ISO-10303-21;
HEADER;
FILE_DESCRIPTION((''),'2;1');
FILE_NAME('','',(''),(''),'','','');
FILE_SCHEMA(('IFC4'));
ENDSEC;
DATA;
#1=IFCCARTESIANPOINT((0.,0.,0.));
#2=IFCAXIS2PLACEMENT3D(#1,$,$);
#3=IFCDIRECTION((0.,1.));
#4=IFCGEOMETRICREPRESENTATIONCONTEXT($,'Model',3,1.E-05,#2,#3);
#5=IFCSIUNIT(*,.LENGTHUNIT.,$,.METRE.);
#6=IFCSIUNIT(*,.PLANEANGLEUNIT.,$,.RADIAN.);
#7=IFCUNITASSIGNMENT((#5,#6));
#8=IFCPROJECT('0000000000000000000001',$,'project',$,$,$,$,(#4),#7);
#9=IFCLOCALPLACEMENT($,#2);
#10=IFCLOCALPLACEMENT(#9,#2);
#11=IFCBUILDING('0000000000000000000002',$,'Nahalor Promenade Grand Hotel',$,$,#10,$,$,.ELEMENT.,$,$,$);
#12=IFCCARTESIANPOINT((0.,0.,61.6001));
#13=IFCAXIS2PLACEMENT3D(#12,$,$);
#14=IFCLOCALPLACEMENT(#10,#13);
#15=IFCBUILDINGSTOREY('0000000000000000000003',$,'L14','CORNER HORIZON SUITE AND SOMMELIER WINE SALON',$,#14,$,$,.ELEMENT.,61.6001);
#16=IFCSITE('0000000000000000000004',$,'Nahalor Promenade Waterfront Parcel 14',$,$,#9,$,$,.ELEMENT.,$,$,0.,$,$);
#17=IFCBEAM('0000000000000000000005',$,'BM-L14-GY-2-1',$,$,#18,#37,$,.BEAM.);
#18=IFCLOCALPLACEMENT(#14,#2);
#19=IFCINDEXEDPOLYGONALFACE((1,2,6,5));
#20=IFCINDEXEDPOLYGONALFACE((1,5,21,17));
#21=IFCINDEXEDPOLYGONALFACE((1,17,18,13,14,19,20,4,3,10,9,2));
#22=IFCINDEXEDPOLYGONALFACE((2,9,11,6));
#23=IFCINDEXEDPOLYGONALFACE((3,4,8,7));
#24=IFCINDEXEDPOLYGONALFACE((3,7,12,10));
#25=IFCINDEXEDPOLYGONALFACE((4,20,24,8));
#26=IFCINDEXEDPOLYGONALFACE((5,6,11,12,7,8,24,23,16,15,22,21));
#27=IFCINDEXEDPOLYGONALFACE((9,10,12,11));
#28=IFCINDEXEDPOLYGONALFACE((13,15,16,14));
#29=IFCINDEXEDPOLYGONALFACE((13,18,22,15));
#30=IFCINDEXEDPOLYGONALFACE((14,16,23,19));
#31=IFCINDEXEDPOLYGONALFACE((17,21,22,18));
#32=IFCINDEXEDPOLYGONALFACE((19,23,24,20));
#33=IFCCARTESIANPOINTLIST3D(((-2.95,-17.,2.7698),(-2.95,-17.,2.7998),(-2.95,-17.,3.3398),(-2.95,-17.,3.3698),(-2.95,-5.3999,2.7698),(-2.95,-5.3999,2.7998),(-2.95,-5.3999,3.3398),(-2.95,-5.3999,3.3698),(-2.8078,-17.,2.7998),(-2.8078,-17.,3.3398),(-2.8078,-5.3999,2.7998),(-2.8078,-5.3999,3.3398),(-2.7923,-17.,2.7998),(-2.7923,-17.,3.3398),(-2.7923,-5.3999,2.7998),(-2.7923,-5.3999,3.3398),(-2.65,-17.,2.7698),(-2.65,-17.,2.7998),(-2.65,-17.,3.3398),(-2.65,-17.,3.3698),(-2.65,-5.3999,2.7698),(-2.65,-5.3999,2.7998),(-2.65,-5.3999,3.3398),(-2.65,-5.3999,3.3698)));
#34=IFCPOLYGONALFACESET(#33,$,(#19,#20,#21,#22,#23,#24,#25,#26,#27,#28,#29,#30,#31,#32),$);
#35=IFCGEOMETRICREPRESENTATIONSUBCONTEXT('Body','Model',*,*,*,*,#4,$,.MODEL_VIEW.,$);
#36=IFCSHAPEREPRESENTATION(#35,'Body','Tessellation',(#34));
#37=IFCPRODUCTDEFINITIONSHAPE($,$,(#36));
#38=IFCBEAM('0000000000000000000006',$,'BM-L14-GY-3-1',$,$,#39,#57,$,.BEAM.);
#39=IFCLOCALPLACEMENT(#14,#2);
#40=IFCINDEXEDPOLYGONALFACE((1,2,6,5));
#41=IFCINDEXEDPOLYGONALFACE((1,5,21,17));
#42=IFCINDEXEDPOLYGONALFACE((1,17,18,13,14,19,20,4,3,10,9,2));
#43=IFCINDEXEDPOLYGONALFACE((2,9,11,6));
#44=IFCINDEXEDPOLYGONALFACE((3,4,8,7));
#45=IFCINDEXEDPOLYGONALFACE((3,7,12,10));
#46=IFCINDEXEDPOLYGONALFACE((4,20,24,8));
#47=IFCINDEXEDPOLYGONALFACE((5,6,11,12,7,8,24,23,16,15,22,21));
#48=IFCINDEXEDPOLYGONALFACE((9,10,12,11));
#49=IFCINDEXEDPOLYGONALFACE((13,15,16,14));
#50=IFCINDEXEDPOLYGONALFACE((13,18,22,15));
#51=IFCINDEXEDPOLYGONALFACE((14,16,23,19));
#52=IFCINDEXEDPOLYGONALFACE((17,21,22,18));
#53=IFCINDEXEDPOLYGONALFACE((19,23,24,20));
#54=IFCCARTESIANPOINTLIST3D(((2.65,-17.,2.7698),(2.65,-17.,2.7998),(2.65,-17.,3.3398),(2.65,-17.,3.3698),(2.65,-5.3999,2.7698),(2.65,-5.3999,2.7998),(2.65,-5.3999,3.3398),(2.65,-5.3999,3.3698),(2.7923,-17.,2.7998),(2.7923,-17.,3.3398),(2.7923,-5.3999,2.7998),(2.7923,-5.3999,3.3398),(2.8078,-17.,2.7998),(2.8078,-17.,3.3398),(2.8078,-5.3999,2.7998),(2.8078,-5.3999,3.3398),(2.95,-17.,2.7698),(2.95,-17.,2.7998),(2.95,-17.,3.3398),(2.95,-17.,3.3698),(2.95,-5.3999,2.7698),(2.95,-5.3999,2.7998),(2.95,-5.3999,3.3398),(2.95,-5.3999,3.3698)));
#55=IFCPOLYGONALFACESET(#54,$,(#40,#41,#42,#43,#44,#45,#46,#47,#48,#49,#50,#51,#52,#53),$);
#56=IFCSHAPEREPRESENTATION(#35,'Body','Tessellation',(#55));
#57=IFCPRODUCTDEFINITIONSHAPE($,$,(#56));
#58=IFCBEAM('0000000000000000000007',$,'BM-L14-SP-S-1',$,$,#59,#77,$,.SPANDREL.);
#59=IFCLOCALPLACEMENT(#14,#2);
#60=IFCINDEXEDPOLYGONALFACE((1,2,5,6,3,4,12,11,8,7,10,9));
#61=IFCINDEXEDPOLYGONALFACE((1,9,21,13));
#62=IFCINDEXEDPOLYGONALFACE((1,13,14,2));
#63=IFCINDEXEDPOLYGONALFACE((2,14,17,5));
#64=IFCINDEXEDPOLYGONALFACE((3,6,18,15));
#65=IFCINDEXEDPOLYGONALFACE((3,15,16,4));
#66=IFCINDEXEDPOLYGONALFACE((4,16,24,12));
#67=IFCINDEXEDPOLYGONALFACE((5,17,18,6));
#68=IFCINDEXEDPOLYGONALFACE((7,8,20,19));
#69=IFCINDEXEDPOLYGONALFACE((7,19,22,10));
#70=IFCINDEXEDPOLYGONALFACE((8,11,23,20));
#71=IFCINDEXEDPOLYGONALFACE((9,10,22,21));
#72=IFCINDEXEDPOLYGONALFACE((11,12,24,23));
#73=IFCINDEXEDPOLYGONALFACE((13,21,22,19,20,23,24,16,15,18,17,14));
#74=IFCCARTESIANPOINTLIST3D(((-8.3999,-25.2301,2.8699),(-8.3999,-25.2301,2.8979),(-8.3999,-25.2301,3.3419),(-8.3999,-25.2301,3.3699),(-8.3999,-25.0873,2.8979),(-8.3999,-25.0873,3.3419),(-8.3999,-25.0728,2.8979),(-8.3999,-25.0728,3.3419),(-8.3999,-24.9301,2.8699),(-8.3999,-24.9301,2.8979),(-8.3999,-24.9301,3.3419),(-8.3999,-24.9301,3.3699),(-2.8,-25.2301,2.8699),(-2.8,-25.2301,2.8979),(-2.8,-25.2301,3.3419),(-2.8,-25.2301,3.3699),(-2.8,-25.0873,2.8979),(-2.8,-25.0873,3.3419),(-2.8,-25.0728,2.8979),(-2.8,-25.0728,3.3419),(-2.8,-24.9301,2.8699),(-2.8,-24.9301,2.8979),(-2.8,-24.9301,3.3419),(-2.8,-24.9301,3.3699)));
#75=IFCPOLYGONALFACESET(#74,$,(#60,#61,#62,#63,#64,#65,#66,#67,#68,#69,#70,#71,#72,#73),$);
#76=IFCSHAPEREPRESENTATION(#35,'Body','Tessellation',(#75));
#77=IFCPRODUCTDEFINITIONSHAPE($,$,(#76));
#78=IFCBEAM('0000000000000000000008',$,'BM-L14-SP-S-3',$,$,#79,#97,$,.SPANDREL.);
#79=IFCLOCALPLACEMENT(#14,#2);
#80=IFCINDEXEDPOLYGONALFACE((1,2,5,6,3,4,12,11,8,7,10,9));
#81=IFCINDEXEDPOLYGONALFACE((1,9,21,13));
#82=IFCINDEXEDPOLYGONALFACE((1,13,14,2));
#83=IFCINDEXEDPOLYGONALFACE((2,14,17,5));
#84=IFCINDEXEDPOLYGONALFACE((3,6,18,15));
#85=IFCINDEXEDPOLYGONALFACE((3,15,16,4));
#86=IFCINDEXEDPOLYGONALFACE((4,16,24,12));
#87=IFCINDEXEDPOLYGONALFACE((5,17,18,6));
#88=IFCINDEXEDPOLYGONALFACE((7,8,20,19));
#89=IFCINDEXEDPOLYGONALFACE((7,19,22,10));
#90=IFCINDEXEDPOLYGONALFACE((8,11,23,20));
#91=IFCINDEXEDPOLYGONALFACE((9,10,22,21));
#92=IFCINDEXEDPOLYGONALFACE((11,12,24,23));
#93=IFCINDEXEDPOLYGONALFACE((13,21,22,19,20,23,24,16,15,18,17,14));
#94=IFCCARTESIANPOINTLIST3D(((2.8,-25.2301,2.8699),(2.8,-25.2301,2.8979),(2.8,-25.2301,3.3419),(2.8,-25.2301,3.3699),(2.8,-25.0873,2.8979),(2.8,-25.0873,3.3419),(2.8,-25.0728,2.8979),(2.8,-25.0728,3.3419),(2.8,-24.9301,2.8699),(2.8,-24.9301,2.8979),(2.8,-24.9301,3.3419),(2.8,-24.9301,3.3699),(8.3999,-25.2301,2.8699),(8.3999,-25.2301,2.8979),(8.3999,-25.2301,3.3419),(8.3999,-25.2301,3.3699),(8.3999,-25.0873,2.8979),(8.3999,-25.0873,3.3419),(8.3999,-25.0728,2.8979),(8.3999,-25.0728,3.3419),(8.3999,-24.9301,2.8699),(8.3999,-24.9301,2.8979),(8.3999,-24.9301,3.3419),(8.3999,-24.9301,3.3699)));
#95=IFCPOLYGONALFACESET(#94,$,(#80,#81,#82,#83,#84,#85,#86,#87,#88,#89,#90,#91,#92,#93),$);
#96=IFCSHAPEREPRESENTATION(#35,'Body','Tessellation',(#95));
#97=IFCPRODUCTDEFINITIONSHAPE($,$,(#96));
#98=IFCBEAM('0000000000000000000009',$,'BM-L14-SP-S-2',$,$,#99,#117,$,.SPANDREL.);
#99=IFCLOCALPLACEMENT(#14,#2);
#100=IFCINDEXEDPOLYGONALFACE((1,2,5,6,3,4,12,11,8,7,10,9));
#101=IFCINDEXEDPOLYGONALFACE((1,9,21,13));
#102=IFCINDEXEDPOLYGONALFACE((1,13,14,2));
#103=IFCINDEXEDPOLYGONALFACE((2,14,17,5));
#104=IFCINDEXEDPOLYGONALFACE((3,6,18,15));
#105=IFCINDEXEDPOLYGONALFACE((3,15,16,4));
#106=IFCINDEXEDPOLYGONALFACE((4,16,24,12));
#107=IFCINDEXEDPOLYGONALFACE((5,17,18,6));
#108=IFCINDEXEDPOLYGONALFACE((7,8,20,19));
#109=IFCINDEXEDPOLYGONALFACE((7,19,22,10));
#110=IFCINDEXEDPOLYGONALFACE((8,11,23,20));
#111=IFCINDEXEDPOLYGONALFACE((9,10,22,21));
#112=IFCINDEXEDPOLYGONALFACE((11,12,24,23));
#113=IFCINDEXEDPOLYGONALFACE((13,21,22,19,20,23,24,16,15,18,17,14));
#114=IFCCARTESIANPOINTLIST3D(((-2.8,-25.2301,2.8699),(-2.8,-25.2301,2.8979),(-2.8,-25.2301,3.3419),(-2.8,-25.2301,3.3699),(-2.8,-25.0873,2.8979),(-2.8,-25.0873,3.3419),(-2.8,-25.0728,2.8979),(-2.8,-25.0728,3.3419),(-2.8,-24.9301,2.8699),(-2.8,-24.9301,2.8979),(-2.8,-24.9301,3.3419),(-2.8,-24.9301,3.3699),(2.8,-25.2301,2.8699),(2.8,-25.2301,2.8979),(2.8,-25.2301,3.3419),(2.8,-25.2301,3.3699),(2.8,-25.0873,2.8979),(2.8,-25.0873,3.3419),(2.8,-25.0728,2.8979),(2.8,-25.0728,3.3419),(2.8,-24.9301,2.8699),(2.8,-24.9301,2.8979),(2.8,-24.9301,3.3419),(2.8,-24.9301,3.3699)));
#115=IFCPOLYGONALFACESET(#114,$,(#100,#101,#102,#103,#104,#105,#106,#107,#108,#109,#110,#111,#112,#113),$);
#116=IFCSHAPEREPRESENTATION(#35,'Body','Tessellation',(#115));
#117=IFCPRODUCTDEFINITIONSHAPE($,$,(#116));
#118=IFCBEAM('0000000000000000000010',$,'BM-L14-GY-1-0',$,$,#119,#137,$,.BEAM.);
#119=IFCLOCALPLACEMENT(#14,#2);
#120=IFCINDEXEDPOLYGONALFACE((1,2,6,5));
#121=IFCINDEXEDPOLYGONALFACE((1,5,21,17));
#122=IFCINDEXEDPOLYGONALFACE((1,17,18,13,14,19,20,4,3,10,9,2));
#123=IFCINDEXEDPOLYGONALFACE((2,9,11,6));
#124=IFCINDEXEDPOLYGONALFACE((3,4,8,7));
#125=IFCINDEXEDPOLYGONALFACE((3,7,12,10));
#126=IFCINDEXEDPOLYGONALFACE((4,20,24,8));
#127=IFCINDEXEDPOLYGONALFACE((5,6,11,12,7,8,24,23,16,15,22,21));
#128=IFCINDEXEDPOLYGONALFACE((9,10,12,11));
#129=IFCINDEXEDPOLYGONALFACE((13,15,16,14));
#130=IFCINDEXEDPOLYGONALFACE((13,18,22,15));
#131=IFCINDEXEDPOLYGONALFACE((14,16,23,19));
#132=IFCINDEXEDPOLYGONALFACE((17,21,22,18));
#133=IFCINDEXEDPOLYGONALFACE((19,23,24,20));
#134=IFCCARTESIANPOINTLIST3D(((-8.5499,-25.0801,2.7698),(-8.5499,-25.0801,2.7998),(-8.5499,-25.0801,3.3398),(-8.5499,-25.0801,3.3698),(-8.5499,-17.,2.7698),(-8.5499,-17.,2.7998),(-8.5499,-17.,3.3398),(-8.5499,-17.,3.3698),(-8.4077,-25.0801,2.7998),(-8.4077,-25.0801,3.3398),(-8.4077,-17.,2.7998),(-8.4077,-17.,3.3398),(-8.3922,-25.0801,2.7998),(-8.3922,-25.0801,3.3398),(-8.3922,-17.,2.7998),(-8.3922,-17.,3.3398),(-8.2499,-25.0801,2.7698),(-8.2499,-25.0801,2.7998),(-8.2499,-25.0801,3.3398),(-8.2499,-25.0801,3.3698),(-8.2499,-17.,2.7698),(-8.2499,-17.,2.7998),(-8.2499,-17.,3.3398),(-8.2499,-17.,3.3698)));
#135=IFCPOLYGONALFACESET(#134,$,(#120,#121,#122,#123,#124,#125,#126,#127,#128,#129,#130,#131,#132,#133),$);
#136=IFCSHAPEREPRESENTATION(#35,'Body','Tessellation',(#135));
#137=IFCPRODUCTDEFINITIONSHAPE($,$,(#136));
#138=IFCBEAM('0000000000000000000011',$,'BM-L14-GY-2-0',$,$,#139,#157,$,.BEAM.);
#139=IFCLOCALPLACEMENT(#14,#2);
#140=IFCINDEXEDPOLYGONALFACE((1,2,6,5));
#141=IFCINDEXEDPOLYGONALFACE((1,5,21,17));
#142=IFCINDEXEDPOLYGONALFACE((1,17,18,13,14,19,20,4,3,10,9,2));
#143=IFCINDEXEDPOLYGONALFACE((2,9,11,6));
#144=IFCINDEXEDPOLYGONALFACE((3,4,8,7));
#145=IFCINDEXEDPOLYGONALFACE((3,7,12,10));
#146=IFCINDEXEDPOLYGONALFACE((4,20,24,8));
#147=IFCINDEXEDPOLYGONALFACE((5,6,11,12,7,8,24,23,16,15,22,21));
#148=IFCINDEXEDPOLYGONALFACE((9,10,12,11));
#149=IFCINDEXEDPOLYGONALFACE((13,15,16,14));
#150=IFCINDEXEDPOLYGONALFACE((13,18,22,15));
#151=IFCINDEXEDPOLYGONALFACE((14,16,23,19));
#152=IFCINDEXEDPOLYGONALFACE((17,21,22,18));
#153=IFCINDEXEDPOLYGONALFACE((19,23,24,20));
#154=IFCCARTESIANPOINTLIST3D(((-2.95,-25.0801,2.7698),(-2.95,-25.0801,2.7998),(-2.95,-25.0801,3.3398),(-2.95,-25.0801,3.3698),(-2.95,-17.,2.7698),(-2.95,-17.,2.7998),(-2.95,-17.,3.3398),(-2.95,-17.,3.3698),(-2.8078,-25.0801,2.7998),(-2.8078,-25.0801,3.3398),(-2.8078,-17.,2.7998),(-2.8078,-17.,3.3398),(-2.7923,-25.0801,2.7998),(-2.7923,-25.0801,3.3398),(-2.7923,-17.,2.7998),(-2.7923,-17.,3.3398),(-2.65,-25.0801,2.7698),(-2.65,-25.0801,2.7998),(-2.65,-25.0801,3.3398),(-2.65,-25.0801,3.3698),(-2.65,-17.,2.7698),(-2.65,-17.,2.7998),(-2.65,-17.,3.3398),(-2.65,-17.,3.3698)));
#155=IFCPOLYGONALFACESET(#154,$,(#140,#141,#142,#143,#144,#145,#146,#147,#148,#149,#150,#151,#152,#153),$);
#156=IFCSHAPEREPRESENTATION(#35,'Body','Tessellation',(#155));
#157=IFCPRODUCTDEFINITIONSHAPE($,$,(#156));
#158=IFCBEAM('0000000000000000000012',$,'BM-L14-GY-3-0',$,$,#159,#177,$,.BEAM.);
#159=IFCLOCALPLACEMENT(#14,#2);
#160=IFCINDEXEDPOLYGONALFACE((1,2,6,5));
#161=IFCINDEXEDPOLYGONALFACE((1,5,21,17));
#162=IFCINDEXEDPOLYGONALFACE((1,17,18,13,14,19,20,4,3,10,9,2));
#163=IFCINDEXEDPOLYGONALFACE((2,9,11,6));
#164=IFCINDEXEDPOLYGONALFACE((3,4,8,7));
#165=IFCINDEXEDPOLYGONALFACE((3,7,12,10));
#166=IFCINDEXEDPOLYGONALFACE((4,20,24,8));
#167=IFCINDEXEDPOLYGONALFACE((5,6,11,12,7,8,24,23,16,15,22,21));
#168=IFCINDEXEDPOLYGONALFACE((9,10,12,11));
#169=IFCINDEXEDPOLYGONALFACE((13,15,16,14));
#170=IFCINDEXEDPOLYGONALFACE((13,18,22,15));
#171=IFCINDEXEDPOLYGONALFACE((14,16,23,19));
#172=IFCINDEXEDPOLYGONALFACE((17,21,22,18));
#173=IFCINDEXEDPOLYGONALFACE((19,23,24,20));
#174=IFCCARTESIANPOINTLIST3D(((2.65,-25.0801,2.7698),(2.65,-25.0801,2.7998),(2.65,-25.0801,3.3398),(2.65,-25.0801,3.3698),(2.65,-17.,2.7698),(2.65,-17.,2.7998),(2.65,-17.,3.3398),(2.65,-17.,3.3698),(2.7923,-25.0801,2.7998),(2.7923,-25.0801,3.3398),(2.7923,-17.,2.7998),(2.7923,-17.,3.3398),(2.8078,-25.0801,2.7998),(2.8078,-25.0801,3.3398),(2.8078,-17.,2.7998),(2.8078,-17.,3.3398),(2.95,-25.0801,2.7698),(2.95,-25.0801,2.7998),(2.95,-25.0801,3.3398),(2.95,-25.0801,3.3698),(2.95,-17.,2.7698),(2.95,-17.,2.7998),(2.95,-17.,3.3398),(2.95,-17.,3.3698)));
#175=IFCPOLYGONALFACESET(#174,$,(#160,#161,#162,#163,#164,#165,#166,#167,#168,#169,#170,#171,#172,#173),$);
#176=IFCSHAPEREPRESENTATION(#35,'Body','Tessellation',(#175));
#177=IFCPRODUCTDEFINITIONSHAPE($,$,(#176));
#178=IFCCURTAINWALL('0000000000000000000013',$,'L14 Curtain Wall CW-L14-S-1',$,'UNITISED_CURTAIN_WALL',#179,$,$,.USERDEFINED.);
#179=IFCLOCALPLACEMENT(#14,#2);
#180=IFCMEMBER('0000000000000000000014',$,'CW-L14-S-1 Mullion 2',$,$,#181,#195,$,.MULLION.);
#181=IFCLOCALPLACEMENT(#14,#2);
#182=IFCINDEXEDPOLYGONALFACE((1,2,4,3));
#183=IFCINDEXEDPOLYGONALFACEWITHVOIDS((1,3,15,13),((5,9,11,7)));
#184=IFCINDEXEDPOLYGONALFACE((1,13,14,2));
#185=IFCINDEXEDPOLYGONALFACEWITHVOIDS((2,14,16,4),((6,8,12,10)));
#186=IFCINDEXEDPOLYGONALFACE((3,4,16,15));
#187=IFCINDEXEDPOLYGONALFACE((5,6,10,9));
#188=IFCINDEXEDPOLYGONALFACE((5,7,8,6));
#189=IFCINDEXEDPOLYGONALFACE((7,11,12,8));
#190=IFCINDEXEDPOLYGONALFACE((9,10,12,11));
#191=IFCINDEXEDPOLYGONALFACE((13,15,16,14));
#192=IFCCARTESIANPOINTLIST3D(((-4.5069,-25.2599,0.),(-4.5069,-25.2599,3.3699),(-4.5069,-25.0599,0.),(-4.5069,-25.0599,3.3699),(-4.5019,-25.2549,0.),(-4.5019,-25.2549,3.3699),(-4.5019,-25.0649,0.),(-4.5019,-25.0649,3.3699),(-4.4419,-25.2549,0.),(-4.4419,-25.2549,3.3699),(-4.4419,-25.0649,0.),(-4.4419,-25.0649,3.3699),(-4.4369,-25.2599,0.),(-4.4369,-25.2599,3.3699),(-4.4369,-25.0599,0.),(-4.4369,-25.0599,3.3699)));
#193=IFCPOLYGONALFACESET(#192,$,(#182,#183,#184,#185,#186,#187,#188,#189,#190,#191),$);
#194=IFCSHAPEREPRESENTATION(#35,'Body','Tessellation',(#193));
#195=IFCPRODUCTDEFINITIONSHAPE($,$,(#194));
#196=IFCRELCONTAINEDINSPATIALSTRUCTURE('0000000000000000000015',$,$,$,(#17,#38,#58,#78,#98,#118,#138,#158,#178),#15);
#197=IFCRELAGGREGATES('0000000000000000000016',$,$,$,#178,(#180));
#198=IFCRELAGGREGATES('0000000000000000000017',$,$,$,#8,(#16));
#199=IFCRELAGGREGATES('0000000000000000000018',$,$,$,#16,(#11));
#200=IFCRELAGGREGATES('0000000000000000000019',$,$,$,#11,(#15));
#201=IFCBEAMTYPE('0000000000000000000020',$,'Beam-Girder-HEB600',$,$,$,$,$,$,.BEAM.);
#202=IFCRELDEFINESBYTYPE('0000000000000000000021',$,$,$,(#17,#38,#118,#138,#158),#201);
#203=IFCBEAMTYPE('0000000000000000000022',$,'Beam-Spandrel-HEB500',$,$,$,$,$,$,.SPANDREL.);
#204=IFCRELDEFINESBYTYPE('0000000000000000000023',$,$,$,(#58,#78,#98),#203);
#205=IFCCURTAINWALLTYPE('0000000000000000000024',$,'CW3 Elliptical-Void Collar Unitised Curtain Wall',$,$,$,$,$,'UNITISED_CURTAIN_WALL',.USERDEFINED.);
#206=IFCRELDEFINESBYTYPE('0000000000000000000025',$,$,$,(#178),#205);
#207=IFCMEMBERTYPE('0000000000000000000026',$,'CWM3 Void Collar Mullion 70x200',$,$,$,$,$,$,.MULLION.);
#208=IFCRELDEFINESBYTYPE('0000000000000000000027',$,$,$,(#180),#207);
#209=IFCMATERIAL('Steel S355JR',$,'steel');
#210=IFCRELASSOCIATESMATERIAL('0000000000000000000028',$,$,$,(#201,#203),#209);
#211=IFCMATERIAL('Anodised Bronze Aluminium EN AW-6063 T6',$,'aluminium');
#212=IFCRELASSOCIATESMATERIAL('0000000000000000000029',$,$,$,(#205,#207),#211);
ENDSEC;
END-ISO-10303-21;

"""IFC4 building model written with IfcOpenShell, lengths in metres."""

from ifc_helpers import new_model, si_unit, direction, frame, origin, origin_2d, place, context, subcontext, project, spatial, hollow_rectangle, i_section, extrude, source, transform, mapped, material, material_profile, profile_set, type_object, element, aggregate, save


model = new_model("IFC4")

# Units and contexts
model_context = context("Model", 3, precision=1e-05, world=origin(), true_north=direction((0.0, 1.0)))
body_context = subcontext(model_context, "Body", "Model", "MODEL_VIEW")
ifc_project = project(units=[si_unit("LENGTHUNIT", "METRE"), si_unit("PLANEANGLEUNIT", "RADIAN")], contexts=[model_context])

# Site, building, storey
site_placement = place(None, origin())
site = spatial("IfcSite", under=ifc_project, at=site_placement, Name="Nahalor Promenade Waterfront Parcel 14", CompositionType="ELEMENT", RefElevation=0.0)
building_placement = place(site_placement, origin())
building = spatial("IfcBuilding", under=site, at=building_placement, Name="Nahalor Promenade Grand Hotel", CompositionType="ELEMENT")
storey_placement = place(building_placement, frame((0.0, 0.0, 61.6001)))
storey = spatial("IfcBuildingStorey", under=building, at=storey_placement, Name="L14", Description="CORNER HORIZON SUITE AND SOMMELIER WINE SALON", CompositionType="ELEMENT", Elevation=61.6001)

# Beams
ifc_material_1 = material(Name="Steel S355JR", Category="steel")
ifc_material_profile_1 = material_profile(ifc_material_1, i_section(OverallWidth=0.3, OverallDepth=0.6, WebThickness=0.0155, FlangeThickness=0.03, at=origin_2d()), Name="HEB 600")
ifc_profile_set_1 = profile_set([ifc_material_profile_1], Name="Steel S355JR")
beam_type_1 = type_object("IfcBeamType", Name="Beam-Girder-HEB600", PredefinedType="BEAM", material=ifc_profile_set_1)
shared_shape_1 = source(origin(), body_context, "Body", "SweptSolid", [
    extrude(i_section(OverallWidth=0.3, OverallDepth=0.6, WebThickness=0.0155, FlangeThickness=0.03, at=origin_2d()), origin(), (0.0, 0.0, 1.0), 11.6001),
])
for number, where, z_axis, x_axis, name in (
    (1, (-2.8, -17.0, 3.0698), (0.0, 1.0, 0.0), (-1.0, 0.0, 0.0), "BM-L14-GY-2-1"),
    (2, (2.8, -17.0, 3.0698), (0.0, 1.0, 0.0), (-1.0, 0.0, 0.0), "BM-L14-GY-3-1"),
):
    element("IfcBeam", number, at=place(storey_placement, frame(where, z_axis=z_axis, x_axis=x_axis)), inside=storey, type_object=beam_type_1, Name=name, PredefinedType="BEAM", context=body_context, shape_type="MappedRepresentation", body=[
        mapped(shared_shape_1, transform((0.0, 0.0, 0.0), scale=1.0)),
    ])
ifc_material_profile_2 = material_profile(ifc_material_1, i_section(OverallWidth=0.3, OverallDepth=0.5, WebThickness=0.0145, FlangeThickness=0.028, at=origin_2d()), Name="HEB 500")
ifc_profile_set_2 = profile_set([ifc_material_profile_2], Name="Steel S355JR")
beam_type_2 = type_object("IfcBeamType", Name="Beam-Spandrel-HEB500", PredefinedType="SPANDREL", material=ifc_profile_set_2)
shared_shape_2 = source(origin(), body_context, "Body", "SweptSolid", [
    extrude(i_section(OverallWidth=0.3, OverallDepth=0.5, WebThickness=0.0145, FlangeThickness=0.028, at=origin_2d()), origin(), (0.0, 0.0, 1.0), 5.5999),
])
for number, where, z_axis, x_axis, name in (
    (3, (-8.3999, -25.0801, 3.1199), (1.0, 0.0, 0.0), (0.0, 1.0, 0.0), "BM-L14-SP-S-1"),
    (4, (2.8, -25.0801, 3.1199), (1.0, 0.0, 0.0), (0.0, 1.0, 0.0), "BM-L14-SP-S-3"),
):
    element("IfcBeam", number, at=place(storey_placement, frame(where, z_axis=z_axis, x_axis=x_axis)), inside=storey, type_object=beam_type_2, Name=name, PredefinedType="SPANDREL", context=body_context, shape_type="MappedRepresentation", body=[
        mapped(shared_shape_2, transform((0.0, 0.0, 0.0), scale=1.0)),
    ])
shared_shape_3 = source(origin(), body_context, "Body", "SweptSolid", [
    extrude(i_section(OverallWidth=0.3, OverallDepth=0.5, WebThickness=0.0145, FlangeThickness=0.028, at=origin_2d()), origin(), (0.0, 0.0, 1.0), 5.6001),
])
beam_1_placement = place(storey_placement, frame((-2.8, -25.0801, 3.1199), z_axis=(1.0, 0.0, 0.0), x_axis=(0.0, 1.0, 0.0)))
element("IfcBeam", 5, at=beam_1_placement, inside=storey, type_object=beam_type_2, Name="BM-L14-SP-S-2", PredefinedType="SPANDREL", context=body_context, shape_type="MappedRepresentation", body=[
    mapped(shared_shape_3, transform((0.0, 0.0, 0.0), scale=1.0)),
])
shared_shape_4 = source(origin(), body_context, "Body", "SweptSolid", [
    extrude(i_section(OverallWidth=0.3, OverallDepth=0.6, WebThickness=0.0155, FlangeThickness=0.03, at=origin_2d()), origin(), (0.0, 0.0, 1.0), 8.0801),
])
for number, where, z_axis, x_axis, name in (
    (6, (-8.3999, -25.0801, 3.0698), (0.0, 1.0, 0.0), (-1.0, 0.0, 0.0), "BM-L14-GY-1-0"),
    (7, (-2.8, -25.0801, 3.0698), (0.0, 1.0, 0.0), (-1.0, 0.0, 0.0), "BM-L14-GY-2-0"),
    (8, (2.8, -25.0801, 3.0698), (0.0, 1.0, 0.0), (-1.0, 0.0, 0.0), "BM-L14-GY-3-0"),
):
    element("IfcBeam", number, at=place(storey_placement, frame(where, z_axis=z_axis, x_axis=x_axis)), inside=storey, type_object=beam_type_1, Name=name, PredefinedType="BEAM", context=body_context, shape_type="MappedRepresentation", body=[
        mapped(shared_shape_4, transform((0.0, 0.0, 0.0), scale=1.0)),
    ])

# Curtain wall, member
ifc_material_2 = material(Name="Anodised Bronze Aluminium EN AW-6063 T6", Category="aluminium")
curtain_wall_type = type_object("IfcCurtainWallType", Name="CW3 Elliptical-Void Collar Unitised Curtain Wall", ElementType="UNITISED_CURTAIN_WALL", PredefinedType="USERDEFINED", material=ifc_material_2)
curtain_wall_placement = place(storey_placement, origin())
curtain_wall = element("IfcCurtainWall", 9, at=curtain_wall_placement, inside=storey, type_object=curtain_wall_type, Name="L14 Curtain Wall CW-L14-S-1", ObjectType="UNITISED_CURTAIN_WALL", PredefinedType="USERDEFINED")
ifc_material_profile_3 = material_profile(ifc_material_2, hollow_rectangle(XDim=0.07, YDim=0.2, WallThickness=0.005, at=origin_2d()), Name="CWM 70x200x5")
ifc_profile_set_3 = profile_set([ifc_material_profile_3], Name="Anodised Bronze Aluminium EN AW-6063 T6")
member_type_1 = type_object("IfcMemberType", Name="CWM3 Void Collar Mullion 70x200", PredefinedType="MULLION", material=ifc_profile_set_3)
shared_shape_5 = source(origin(), body_context, "Body", "SweptSolid", [
    extrude(hollow_rectangle(XDim=0.07, YDim=0.2, WallThickness=0.005, at=origin_2d()), origin(), (0.0, 0.0, 1.0), 3.3699),
])
member_1_placement = place(storey_placement, frame((-4.4719, -25.1599, 0.0), z_axis=(0.0, 0.0, 1.0), x_axis=(1.0, 0.0, 0.0)))
member_1 = element("IfcMember", 10, at=member_1_placement, type_object=member_type_1, Name="CW-L14-S-1 Mullion 2", PredefinedType="MULLION", context=body_context, shape_type="MappedRepresentation", body=[
    mapped(shared_shape_5, transform((0.0, 0.0, 0.0), scale=1.0)),
])
aggregate(curtain_wall, [member_1])

save(model, "model.ifc")
